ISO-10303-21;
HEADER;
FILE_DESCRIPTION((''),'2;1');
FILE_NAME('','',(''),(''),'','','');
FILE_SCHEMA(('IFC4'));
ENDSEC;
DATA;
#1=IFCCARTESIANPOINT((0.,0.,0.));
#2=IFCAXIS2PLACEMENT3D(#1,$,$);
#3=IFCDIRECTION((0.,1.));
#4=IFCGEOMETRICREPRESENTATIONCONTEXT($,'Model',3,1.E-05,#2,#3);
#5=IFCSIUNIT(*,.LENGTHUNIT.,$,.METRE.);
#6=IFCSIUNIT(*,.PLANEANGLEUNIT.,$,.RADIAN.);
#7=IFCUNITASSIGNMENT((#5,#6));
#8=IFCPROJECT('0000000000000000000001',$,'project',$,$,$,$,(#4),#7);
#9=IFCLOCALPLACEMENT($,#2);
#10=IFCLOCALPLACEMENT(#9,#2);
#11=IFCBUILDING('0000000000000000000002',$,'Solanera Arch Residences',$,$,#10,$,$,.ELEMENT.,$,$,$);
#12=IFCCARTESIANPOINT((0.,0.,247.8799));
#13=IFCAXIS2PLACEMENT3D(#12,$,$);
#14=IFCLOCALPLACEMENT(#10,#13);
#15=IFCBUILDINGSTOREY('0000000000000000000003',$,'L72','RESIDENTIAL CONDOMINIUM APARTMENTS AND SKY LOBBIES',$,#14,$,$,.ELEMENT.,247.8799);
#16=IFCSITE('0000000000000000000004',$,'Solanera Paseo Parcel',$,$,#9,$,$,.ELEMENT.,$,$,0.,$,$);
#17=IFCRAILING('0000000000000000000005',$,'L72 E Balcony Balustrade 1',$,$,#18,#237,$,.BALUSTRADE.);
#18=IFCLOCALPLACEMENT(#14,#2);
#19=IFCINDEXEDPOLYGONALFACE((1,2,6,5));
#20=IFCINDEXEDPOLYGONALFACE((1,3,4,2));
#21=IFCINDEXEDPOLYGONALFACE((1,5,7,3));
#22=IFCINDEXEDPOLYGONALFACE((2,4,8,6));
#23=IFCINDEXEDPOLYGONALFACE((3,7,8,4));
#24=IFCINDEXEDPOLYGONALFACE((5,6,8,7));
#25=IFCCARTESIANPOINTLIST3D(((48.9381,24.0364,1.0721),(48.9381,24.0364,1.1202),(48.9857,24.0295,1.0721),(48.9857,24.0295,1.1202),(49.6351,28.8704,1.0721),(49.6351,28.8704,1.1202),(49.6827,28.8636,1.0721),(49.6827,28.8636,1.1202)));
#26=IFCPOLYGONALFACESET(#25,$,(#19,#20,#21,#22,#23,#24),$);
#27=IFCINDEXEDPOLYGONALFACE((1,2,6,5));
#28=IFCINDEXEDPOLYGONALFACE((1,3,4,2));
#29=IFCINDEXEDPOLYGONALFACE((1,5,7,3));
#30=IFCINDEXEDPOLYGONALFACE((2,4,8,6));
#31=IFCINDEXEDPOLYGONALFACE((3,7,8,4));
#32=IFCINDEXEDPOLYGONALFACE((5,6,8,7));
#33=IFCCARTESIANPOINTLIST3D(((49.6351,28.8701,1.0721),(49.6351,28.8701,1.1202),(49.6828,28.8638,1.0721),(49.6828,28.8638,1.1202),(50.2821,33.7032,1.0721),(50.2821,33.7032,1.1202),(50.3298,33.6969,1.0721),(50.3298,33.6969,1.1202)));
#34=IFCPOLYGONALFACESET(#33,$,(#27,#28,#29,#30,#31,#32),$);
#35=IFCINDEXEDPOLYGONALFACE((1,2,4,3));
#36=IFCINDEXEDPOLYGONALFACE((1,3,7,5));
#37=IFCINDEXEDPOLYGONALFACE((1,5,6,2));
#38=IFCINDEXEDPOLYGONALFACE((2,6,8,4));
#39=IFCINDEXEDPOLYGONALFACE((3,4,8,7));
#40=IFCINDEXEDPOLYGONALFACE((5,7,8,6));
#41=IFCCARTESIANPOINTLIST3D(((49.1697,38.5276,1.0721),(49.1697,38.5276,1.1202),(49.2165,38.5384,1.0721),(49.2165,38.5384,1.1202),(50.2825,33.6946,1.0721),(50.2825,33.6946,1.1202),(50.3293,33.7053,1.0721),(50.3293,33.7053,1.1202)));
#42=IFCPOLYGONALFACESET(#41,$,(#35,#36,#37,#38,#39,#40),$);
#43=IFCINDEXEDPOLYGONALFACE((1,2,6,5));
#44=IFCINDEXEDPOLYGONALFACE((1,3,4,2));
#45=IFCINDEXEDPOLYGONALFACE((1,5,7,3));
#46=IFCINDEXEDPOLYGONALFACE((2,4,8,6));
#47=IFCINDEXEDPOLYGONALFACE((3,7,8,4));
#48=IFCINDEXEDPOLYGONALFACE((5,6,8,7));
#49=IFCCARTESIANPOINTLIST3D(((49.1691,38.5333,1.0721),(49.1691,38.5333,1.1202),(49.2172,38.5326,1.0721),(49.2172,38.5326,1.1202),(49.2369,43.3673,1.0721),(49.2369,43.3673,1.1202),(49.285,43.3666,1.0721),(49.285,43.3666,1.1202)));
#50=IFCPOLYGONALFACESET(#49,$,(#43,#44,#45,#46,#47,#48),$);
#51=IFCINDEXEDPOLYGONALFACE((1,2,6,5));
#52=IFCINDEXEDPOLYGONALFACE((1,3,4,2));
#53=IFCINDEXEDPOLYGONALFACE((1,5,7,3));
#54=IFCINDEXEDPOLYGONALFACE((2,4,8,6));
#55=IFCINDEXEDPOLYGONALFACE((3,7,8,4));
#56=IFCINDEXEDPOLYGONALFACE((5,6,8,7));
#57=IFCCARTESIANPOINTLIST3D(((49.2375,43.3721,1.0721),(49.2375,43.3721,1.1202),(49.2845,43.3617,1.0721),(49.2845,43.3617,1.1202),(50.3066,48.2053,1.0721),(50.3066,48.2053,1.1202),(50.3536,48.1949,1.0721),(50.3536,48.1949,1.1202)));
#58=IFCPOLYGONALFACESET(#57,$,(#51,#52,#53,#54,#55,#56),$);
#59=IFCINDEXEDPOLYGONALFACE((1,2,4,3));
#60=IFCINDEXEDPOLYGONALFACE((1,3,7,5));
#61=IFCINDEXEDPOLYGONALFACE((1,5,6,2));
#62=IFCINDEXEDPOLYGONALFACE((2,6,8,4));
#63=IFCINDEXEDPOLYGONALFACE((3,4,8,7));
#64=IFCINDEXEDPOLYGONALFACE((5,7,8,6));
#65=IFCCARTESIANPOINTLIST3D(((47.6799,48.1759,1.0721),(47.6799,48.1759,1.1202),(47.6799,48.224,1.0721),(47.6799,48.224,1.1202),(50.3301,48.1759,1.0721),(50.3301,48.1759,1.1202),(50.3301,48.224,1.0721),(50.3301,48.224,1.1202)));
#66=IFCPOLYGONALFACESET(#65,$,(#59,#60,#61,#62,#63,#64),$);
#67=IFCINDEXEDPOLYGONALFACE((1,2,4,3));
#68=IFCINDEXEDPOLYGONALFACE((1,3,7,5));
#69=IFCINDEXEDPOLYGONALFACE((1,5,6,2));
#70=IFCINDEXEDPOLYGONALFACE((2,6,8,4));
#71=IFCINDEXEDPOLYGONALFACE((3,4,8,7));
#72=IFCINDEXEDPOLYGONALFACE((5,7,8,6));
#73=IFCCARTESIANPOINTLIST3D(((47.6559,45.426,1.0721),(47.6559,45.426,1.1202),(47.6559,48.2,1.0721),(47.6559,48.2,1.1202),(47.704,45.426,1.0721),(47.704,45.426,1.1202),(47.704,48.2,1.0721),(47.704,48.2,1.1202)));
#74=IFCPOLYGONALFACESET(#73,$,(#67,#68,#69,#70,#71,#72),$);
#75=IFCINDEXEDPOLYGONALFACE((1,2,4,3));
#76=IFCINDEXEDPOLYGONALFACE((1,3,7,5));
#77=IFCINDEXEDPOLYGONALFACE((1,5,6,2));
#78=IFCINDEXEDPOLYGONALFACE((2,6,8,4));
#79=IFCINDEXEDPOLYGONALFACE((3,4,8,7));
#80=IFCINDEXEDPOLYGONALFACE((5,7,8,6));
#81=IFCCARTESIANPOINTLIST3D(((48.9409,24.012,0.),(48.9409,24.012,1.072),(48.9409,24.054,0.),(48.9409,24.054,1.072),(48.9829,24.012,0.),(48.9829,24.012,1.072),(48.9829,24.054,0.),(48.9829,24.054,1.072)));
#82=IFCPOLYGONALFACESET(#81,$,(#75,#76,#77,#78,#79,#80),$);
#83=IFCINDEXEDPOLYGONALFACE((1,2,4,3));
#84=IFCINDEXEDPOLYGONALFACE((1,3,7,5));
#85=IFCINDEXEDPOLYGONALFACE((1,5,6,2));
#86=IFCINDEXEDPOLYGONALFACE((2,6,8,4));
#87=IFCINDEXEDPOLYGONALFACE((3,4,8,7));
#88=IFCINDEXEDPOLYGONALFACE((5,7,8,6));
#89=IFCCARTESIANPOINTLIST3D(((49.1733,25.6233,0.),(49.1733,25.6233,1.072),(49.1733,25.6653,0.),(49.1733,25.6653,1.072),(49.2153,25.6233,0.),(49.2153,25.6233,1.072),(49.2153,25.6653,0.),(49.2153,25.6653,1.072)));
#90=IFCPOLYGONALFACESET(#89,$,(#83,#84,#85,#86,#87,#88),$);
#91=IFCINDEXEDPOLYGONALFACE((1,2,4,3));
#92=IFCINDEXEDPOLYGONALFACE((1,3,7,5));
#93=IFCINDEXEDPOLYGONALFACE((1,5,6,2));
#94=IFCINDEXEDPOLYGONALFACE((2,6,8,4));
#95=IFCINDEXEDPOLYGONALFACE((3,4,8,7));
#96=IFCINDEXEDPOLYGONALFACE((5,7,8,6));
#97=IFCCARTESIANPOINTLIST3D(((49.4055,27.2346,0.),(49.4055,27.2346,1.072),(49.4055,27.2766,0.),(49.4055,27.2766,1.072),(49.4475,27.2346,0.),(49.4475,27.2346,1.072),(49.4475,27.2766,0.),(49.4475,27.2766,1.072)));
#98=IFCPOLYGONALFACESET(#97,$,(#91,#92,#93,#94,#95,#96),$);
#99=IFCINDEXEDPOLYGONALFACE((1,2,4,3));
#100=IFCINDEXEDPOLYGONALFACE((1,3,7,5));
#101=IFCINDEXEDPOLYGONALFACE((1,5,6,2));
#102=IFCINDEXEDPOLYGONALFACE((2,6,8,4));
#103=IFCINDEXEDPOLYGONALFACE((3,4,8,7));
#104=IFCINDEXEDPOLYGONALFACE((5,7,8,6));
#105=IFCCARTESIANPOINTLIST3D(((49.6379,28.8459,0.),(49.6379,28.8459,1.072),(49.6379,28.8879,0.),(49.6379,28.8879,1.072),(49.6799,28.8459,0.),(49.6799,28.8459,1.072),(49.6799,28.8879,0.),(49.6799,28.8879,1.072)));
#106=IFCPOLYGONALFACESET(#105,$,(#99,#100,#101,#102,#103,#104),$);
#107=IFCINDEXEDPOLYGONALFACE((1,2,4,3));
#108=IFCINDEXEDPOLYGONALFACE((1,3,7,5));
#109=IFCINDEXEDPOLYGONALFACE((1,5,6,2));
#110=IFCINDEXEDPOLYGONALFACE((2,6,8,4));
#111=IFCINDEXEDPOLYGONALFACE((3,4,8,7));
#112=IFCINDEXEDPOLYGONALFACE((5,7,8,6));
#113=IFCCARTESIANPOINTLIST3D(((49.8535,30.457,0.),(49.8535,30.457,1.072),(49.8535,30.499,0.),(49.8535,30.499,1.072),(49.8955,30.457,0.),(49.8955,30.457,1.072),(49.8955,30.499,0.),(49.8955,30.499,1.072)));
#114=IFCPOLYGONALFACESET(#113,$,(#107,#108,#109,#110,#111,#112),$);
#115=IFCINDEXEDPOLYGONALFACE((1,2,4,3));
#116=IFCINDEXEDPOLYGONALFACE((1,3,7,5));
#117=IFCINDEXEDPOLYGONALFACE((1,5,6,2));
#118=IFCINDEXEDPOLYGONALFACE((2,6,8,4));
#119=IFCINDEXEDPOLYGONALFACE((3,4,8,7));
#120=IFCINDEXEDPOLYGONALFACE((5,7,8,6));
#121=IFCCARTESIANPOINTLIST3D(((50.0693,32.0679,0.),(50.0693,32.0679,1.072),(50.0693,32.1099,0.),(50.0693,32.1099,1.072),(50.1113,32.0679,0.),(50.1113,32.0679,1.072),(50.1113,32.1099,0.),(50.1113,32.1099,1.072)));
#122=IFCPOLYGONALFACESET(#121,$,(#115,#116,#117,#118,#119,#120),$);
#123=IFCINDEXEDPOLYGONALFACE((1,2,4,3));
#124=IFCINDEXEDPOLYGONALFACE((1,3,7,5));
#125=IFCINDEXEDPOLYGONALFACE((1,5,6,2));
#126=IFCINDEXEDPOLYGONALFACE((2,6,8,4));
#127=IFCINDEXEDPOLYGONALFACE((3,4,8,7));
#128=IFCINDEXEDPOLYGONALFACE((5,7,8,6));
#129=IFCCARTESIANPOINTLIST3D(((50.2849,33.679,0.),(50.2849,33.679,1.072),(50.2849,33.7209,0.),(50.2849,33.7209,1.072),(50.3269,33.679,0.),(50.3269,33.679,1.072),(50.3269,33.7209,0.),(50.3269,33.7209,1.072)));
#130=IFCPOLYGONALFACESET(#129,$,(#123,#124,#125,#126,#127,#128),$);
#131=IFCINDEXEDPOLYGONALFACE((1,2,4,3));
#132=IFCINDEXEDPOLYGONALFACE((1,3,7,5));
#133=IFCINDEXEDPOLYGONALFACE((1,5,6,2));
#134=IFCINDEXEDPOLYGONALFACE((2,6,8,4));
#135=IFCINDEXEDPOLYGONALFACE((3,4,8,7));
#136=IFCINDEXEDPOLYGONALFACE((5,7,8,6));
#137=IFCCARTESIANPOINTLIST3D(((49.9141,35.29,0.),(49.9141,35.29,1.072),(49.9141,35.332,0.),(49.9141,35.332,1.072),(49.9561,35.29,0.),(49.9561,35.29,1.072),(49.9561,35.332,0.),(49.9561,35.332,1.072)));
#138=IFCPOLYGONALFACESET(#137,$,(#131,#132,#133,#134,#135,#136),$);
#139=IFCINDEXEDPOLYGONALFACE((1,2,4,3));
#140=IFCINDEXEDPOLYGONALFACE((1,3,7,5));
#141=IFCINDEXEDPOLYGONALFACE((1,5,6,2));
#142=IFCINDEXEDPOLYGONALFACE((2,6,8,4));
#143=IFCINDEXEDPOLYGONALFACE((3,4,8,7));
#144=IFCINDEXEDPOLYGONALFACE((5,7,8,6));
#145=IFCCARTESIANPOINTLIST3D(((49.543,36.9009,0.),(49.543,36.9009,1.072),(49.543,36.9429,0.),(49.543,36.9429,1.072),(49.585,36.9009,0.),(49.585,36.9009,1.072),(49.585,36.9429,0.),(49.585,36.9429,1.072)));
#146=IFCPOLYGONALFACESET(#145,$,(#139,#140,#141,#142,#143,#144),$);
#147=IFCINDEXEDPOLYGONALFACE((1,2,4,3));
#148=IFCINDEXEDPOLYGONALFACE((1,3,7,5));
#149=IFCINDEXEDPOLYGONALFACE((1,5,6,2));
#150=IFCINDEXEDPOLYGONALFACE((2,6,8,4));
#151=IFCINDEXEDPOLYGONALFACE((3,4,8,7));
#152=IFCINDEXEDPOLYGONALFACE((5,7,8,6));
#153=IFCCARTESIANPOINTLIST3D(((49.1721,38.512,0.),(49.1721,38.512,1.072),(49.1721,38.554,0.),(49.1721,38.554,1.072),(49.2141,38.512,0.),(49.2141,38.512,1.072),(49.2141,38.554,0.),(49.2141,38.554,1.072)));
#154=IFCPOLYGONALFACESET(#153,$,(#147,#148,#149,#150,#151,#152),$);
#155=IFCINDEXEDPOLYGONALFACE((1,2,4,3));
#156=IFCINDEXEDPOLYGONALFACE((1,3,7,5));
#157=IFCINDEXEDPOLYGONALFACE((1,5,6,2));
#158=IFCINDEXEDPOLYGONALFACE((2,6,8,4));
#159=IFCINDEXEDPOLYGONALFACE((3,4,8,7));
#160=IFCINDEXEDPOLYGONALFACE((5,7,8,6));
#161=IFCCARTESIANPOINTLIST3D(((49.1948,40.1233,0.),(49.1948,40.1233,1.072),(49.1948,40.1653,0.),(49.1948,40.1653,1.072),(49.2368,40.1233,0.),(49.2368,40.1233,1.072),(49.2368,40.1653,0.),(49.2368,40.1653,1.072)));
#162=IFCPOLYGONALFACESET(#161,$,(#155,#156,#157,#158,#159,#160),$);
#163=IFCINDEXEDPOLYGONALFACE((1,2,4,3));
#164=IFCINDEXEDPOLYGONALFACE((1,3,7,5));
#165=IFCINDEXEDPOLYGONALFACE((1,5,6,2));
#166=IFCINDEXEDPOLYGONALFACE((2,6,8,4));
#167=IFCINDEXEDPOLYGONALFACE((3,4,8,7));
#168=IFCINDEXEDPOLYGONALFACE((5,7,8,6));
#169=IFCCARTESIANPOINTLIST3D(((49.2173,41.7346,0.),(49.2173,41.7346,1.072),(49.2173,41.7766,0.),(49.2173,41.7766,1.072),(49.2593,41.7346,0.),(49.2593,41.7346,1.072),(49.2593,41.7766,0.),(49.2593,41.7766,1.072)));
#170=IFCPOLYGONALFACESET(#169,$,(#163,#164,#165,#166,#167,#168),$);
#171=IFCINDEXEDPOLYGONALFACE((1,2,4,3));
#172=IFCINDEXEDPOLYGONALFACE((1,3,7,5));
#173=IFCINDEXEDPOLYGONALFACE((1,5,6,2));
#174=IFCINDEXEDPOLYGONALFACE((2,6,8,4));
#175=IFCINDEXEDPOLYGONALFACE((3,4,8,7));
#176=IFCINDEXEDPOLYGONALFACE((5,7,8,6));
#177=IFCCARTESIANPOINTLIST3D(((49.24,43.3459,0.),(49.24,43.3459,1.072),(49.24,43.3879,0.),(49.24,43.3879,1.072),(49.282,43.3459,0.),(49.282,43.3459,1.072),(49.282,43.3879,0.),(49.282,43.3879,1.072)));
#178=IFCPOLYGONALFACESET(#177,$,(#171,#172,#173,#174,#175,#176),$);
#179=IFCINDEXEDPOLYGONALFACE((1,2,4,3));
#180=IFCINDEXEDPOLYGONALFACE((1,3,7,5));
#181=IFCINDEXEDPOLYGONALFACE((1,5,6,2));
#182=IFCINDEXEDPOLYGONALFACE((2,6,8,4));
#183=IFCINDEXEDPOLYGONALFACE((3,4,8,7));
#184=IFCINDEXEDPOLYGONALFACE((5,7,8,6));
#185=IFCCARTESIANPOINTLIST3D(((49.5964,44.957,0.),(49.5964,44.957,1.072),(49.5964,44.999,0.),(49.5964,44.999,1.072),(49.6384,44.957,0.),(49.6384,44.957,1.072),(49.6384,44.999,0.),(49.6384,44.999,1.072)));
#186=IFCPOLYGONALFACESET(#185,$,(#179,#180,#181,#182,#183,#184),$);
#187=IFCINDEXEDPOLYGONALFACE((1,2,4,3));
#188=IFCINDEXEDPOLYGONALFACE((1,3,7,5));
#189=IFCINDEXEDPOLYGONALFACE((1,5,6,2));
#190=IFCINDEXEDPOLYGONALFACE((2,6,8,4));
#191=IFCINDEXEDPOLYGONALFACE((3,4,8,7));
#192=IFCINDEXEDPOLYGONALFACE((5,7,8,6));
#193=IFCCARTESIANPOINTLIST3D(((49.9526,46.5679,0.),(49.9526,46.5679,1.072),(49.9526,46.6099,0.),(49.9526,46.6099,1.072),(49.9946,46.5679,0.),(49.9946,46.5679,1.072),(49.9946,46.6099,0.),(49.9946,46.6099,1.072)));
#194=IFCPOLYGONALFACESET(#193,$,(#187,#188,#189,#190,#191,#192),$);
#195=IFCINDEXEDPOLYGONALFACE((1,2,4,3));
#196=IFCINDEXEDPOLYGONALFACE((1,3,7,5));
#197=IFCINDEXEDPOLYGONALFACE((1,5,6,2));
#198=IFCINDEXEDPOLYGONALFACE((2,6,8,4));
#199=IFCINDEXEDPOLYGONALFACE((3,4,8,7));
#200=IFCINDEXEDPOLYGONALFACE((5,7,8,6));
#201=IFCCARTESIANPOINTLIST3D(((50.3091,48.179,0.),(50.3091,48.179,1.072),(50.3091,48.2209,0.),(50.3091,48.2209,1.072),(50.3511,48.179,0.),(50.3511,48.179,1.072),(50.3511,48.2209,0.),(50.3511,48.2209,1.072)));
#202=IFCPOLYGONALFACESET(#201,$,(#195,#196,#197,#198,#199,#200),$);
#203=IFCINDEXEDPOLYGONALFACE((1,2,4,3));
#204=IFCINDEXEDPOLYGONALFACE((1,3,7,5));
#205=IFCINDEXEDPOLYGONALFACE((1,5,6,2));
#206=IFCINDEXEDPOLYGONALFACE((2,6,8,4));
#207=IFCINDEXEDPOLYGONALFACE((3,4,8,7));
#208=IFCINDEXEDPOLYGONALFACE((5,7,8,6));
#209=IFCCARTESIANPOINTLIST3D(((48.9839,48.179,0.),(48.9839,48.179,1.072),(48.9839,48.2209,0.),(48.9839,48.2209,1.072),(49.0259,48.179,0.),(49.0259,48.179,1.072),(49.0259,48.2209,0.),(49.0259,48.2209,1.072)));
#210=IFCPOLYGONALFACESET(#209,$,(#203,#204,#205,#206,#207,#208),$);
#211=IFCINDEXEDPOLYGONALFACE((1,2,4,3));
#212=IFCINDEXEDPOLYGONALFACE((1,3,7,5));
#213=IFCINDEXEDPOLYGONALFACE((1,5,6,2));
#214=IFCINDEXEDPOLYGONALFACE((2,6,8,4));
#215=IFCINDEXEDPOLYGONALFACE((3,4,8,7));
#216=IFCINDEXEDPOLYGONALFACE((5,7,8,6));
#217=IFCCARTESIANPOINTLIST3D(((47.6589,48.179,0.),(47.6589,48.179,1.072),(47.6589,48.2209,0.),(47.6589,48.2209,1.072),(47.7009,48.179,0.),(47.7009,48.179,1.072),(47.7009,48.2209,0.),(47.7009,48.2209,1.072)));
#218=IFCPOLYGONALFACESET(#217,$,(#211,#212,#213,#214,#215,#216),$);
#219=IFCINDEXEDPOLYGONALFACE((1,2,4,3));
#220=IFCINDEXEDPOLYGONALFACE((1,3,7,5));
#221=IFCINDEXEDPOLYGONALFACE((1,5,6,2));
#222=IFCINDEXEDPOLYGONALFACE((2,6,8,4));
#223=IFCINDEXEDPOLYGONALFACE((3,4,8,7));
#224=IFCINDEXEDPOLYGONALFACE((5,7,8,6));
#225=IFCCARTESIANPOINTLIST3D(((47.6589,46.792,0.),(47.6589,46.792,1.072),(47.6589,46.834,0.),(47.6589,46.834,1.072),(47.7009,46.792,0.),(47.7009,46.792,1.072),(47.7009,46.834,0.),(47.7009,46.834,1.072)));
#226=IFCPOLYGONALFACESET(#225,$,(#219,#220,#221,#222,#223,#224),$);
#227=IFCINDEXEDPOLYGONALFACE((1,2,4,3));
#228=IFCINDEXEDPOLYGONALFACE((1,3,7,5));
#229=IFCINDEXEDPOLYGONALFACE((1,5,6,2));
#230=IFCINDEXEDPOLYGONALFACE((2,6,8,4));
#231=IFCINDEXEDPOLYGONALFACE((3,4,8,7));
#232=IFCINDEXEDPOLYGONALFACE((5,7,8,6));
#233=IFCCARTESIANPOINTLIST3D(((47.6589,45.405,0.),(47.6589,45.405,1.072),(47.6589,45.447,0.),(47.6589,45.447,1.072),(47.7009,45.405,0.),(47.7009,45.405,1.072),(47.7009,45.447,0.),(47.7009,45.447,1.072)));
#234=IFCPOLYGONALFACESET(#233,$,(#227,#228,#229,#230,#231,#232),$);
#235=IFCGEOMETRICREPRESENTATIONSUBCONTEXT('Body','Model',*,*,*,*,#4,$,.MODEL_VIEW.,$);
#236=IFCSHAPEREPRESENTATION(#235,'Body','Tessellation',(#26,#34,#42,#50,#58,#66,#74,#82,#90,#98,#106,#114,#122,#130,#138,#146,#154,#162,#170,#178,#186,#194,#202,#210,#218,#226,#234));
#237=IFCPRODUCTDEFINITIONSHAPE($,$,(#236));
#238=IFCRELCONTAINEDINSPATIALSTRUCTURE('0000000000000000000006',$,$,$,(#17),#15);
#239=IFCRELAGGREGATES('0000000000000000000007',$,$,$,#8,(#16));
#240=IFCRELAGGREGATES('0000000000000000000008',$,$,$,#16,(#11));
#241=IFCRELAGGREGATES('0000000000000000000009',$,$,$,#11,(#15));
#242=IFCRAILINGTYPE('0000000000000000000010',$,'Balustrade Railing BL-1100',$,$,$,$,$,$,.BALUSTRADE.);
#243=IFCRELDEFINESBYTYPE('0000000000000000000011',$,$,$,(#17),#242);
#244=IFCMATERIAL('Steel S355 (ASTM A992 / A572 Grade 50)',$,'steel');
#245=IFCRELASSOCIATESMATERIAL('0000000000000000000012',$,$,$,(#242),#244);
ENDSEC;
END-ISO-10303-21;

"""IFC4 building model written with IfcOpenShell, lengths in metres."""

from ifc_helpers import new_model, si_unit, direction, frame, origin, origin_2d, place, context, subcontext, project, spatial, rectangle, extrude, material, type_object, element, save


model = new_model("IFC4")

# Units and contexts
model_context = context("Model", 3, precision=1e-05, world=origin(), true_north=direction((0.0, 1.0)))
body_context = subcontext(model_context, "Body", "Model", "MODEL_VIEW")
ifc_project = project(units=[si_unit("LENGTHUNIT", "METRE"), si_unit("PLANEANGLEUNIT", "RADIAN")], contexts=[model_context])

# Site, building, storey
site_placement = place(None, origin())
site = spatial("IfcSite", under=ifc_project, at=site_placement, Name="Solanera Paseo Parcel", CompositionType="ELEMENT", RefElevation=0.0)
building_placement = place(site_placement, origin())
building = spatial("IfcBuilding", under=site, at=building_placement, Name="Solanera Arch Residences", CompositionType="ELEMENT")
storey_placement = place(building_placement, frame((0.0, 0.0, 247.8799)))
storey = spatial("IfcBuildingStorey", under=building, at=storey_placement, Name="L72", Description="RESIDENTIAL CONDOMINIUM APARTMENTS AND SKY LOBBIES", CompositionType="ELEMENT", Elevation=247.8799)

# Railing
ifc_material_1 = material(Name="Steel S355 (ASTM A992 / A572 Grade 50)", Category="steel")
railing_type = type_object("IfcRailingType", Name="Balustrade Railing BL-1100", PredefinedType="BALUSTRADE", material=ifc_material_1)
railing_1_placement = place(storey_placement, frame((48.9619, 24.033, 0.0)))
element("IfcRailing", 1, at=railing_1_placement, inside=storey, type_object=railing_type, Name="L72 E Balcony Balustrade 1", PredefinedType="BALUSTRADE", context=body_context, shape_type="SweptSolid", body=[
    extrude(rectangle(XDim=0.0481, YDim=0.0481, at=origin_2d()), frame((0.0, 0.0, 1.0962), z_axis=(0.142716, 0.989764, 0.0), x_axis=(-0.989764, 0.142716, 0.0)), (0.0, 0.0, 1.0), 4.884),
    extrude(rectangle(XDim=0.0481, YDim=0.0481, at=origin_2d()), frame((0.697, 4.834, 1.0962), z_axis=(0.132682, 0.991159, 0.0), x_axis=(-0.991159, 0.132682, 0.0)), (0.0, 0.0, 1.0), 4.8762),
    extrude(rectangle(XDim=0.0481, YDim=0.0481, at=origin_2d()), frame((1.344, 9.667, 1.0962), z_axis=(-0.224378, 0.974502, 0.0), x_axis=(-0.974502, -0.224378, 0.0)), (0.0, 0.0, 1.0), 4.9595),
    extrude(rectangle(XDim=0.0481, YDim=0.0481, at=origin_2d()), frame((0.2312, 14.5, 1.0962), z_axis=(0.014039, 0.999901, 0.0), x_axis=(-0.999901, 0.014039, 0.0)), (0.0, 0.0, 1.0), 4.8345),
    extrude(rectangle(XDim=0.0481, YDim=0.0481, at=origin_2d()), frame((0.2991, 19.334, 1.0962), z_axis=(0.215985, 0.976397, 0.0), x_axis=(-0.976397, 0.215985, 0.0)), (0.0, 0.0, 1.0), 4.95),
    extrude(rectangle(XDim=0.0481, YDim=0.0481, at=origin_2d()), frame((1.3682, 24.167, 1.0962), z_axis=(-1.0, 0.0, 0.0), x_axis=(0.0, -1.0, 0.0)), (0.0, 0.0, 1.0), 2.6501),
    extrude(rectangle(XDim=0.0481, YDim=0.0481, at=origin_2d()), frame((-1.282, 24.167, 1.0962), z_axis=(0.0, -1.0, 0.0), x_axis=(1.0, 0.0, 0.0)), (0.0, 0.0, 1.0), 2.7739),
    extrude(rectangle(XDim=0.042, YDim=0.042, at=origin_2d()), origin(), (0.0, 0.0, 1.0), 1.072),
    extrude(rectangle(XDim=0.042, YDim=0.042, at=origin_2d()), frame((0.2324, 1.6113, 0.0)), (0.0, 0.0, 1.0), 1.072),
    extrude(rectangle(XDim=0.042, YDim=0.042, at=origin_2d()), frame((0.4646, 3.2227, 0.0)), (0.0, 0.0, 1.0), 1.072),
    extrude(rectangle(XDim=0.042, YDim=0.042, at=origin_2d()), frame((0.697, 4.834, 0.0)), (0.0, 0.0, 1.0), 1.072),
    extrude(rectangle(XDim=0.042, YDim=0.042, at=origin_2d()), frame((0.9126, 6.4451, 0.0)), (0.0, 0.0, 1.0), 1.072),
    extrude(rectangle(XDim=0.042, YDim=0.042, at=origin_2d()), frame((1.1284, 8.0559, 0.0)), (0.0, 0.0, 1.0), 1.072),
    extrude(rectangle(XDim=0.042, YDim=0.042, at=origin_2d()), frame((1.344, 9.667, 0.0)), (0.0, 0.0, 1.0), 1.072),
    extrude(rectangle(XDim=0.042, YDim=0.042, at=origin_2d()), frame((0.9731, 11.2781, 0.0)), (0.0, 0.0, 1.0), 1.072),
    extrude(rectangle(XDim=0.042, YDim=0.042, at=origin_2d()), frame((0.6021, 12.8889, 0.0)), (0.0, 0.0, 1.0), 1.072),
    extrude(rectangle(XDim=0.042, YDim=0.042, at=origin_2d()), frame((0.2312, 14.5, 0.0)), (0.0, 0.0, 1.0), 1.072),
    extrude(rectangle(XDim=0.042, YDim=0.042, at=origin_2d()), frame((0.2539, 16.1113, 0.0)), (0.0, 0.0, 1.0), 1.072),
    extrude(rectangle(XDim=0.042, YDim=0.042, at=origin_2d()), frame((0.2764, 17.7227, 0.0)), (0.0, 0.0, 1.0), 1.072),
    extrude(rectangle(XDim=0.042, YDim=0.042, at=origin_2d()), frame((0.2991, 19.334, 0.0)), (0.0, 0.0, 1.0), 1.072),
    extrude(rectangle(XDim=0.042, YDim=0.042, at=origin_2d()), frame((0.6555, 20.9451, 0.0)), (0.0, 0.0, 1.0), 1.072),
    extrude(rectangle(XDim=0.042, YDim=0.042, at=origin_2d()), frame((1.0117, 22.5559, 0.0)), (0.0, 0.0, 1.0), 1.072),
    extrude(rectangle(XDim=0.042, YDim=0.042, at=origin_2d()), frame((1.3682, 24.167, 0.0)), (0.0, 0.0, 1.0), 1.072),
    extrude(rectangle(XDim=0.042, YDim=0.042, at=origin_2d()), frame((0.043, 24.167, 0.0)), (0.0, 0.0, 1.0), 1.072),
    extrude(rectangle(XDim=0.042, YDim=0.042, at=origin_2d()), frame((-1.282, 24.167, 0.0)), (0.0, 0.0, 1.0), 1.072),
    extrude(rectangle(XDim=0.042, YDim=0.042, at=origin_2d()), frame((-1.282, 22.78, 0.0)), (0.0, 0.0, 1.0), 1.072),
    extrude(rectangle(XDim=0.042, YDim=0.042, at=origin_2d()), frame((-1.282, 21.3931, 0.0)), (0.0, 0.0, 1.0), 1.072),
])

save(model, "model.ifc")
